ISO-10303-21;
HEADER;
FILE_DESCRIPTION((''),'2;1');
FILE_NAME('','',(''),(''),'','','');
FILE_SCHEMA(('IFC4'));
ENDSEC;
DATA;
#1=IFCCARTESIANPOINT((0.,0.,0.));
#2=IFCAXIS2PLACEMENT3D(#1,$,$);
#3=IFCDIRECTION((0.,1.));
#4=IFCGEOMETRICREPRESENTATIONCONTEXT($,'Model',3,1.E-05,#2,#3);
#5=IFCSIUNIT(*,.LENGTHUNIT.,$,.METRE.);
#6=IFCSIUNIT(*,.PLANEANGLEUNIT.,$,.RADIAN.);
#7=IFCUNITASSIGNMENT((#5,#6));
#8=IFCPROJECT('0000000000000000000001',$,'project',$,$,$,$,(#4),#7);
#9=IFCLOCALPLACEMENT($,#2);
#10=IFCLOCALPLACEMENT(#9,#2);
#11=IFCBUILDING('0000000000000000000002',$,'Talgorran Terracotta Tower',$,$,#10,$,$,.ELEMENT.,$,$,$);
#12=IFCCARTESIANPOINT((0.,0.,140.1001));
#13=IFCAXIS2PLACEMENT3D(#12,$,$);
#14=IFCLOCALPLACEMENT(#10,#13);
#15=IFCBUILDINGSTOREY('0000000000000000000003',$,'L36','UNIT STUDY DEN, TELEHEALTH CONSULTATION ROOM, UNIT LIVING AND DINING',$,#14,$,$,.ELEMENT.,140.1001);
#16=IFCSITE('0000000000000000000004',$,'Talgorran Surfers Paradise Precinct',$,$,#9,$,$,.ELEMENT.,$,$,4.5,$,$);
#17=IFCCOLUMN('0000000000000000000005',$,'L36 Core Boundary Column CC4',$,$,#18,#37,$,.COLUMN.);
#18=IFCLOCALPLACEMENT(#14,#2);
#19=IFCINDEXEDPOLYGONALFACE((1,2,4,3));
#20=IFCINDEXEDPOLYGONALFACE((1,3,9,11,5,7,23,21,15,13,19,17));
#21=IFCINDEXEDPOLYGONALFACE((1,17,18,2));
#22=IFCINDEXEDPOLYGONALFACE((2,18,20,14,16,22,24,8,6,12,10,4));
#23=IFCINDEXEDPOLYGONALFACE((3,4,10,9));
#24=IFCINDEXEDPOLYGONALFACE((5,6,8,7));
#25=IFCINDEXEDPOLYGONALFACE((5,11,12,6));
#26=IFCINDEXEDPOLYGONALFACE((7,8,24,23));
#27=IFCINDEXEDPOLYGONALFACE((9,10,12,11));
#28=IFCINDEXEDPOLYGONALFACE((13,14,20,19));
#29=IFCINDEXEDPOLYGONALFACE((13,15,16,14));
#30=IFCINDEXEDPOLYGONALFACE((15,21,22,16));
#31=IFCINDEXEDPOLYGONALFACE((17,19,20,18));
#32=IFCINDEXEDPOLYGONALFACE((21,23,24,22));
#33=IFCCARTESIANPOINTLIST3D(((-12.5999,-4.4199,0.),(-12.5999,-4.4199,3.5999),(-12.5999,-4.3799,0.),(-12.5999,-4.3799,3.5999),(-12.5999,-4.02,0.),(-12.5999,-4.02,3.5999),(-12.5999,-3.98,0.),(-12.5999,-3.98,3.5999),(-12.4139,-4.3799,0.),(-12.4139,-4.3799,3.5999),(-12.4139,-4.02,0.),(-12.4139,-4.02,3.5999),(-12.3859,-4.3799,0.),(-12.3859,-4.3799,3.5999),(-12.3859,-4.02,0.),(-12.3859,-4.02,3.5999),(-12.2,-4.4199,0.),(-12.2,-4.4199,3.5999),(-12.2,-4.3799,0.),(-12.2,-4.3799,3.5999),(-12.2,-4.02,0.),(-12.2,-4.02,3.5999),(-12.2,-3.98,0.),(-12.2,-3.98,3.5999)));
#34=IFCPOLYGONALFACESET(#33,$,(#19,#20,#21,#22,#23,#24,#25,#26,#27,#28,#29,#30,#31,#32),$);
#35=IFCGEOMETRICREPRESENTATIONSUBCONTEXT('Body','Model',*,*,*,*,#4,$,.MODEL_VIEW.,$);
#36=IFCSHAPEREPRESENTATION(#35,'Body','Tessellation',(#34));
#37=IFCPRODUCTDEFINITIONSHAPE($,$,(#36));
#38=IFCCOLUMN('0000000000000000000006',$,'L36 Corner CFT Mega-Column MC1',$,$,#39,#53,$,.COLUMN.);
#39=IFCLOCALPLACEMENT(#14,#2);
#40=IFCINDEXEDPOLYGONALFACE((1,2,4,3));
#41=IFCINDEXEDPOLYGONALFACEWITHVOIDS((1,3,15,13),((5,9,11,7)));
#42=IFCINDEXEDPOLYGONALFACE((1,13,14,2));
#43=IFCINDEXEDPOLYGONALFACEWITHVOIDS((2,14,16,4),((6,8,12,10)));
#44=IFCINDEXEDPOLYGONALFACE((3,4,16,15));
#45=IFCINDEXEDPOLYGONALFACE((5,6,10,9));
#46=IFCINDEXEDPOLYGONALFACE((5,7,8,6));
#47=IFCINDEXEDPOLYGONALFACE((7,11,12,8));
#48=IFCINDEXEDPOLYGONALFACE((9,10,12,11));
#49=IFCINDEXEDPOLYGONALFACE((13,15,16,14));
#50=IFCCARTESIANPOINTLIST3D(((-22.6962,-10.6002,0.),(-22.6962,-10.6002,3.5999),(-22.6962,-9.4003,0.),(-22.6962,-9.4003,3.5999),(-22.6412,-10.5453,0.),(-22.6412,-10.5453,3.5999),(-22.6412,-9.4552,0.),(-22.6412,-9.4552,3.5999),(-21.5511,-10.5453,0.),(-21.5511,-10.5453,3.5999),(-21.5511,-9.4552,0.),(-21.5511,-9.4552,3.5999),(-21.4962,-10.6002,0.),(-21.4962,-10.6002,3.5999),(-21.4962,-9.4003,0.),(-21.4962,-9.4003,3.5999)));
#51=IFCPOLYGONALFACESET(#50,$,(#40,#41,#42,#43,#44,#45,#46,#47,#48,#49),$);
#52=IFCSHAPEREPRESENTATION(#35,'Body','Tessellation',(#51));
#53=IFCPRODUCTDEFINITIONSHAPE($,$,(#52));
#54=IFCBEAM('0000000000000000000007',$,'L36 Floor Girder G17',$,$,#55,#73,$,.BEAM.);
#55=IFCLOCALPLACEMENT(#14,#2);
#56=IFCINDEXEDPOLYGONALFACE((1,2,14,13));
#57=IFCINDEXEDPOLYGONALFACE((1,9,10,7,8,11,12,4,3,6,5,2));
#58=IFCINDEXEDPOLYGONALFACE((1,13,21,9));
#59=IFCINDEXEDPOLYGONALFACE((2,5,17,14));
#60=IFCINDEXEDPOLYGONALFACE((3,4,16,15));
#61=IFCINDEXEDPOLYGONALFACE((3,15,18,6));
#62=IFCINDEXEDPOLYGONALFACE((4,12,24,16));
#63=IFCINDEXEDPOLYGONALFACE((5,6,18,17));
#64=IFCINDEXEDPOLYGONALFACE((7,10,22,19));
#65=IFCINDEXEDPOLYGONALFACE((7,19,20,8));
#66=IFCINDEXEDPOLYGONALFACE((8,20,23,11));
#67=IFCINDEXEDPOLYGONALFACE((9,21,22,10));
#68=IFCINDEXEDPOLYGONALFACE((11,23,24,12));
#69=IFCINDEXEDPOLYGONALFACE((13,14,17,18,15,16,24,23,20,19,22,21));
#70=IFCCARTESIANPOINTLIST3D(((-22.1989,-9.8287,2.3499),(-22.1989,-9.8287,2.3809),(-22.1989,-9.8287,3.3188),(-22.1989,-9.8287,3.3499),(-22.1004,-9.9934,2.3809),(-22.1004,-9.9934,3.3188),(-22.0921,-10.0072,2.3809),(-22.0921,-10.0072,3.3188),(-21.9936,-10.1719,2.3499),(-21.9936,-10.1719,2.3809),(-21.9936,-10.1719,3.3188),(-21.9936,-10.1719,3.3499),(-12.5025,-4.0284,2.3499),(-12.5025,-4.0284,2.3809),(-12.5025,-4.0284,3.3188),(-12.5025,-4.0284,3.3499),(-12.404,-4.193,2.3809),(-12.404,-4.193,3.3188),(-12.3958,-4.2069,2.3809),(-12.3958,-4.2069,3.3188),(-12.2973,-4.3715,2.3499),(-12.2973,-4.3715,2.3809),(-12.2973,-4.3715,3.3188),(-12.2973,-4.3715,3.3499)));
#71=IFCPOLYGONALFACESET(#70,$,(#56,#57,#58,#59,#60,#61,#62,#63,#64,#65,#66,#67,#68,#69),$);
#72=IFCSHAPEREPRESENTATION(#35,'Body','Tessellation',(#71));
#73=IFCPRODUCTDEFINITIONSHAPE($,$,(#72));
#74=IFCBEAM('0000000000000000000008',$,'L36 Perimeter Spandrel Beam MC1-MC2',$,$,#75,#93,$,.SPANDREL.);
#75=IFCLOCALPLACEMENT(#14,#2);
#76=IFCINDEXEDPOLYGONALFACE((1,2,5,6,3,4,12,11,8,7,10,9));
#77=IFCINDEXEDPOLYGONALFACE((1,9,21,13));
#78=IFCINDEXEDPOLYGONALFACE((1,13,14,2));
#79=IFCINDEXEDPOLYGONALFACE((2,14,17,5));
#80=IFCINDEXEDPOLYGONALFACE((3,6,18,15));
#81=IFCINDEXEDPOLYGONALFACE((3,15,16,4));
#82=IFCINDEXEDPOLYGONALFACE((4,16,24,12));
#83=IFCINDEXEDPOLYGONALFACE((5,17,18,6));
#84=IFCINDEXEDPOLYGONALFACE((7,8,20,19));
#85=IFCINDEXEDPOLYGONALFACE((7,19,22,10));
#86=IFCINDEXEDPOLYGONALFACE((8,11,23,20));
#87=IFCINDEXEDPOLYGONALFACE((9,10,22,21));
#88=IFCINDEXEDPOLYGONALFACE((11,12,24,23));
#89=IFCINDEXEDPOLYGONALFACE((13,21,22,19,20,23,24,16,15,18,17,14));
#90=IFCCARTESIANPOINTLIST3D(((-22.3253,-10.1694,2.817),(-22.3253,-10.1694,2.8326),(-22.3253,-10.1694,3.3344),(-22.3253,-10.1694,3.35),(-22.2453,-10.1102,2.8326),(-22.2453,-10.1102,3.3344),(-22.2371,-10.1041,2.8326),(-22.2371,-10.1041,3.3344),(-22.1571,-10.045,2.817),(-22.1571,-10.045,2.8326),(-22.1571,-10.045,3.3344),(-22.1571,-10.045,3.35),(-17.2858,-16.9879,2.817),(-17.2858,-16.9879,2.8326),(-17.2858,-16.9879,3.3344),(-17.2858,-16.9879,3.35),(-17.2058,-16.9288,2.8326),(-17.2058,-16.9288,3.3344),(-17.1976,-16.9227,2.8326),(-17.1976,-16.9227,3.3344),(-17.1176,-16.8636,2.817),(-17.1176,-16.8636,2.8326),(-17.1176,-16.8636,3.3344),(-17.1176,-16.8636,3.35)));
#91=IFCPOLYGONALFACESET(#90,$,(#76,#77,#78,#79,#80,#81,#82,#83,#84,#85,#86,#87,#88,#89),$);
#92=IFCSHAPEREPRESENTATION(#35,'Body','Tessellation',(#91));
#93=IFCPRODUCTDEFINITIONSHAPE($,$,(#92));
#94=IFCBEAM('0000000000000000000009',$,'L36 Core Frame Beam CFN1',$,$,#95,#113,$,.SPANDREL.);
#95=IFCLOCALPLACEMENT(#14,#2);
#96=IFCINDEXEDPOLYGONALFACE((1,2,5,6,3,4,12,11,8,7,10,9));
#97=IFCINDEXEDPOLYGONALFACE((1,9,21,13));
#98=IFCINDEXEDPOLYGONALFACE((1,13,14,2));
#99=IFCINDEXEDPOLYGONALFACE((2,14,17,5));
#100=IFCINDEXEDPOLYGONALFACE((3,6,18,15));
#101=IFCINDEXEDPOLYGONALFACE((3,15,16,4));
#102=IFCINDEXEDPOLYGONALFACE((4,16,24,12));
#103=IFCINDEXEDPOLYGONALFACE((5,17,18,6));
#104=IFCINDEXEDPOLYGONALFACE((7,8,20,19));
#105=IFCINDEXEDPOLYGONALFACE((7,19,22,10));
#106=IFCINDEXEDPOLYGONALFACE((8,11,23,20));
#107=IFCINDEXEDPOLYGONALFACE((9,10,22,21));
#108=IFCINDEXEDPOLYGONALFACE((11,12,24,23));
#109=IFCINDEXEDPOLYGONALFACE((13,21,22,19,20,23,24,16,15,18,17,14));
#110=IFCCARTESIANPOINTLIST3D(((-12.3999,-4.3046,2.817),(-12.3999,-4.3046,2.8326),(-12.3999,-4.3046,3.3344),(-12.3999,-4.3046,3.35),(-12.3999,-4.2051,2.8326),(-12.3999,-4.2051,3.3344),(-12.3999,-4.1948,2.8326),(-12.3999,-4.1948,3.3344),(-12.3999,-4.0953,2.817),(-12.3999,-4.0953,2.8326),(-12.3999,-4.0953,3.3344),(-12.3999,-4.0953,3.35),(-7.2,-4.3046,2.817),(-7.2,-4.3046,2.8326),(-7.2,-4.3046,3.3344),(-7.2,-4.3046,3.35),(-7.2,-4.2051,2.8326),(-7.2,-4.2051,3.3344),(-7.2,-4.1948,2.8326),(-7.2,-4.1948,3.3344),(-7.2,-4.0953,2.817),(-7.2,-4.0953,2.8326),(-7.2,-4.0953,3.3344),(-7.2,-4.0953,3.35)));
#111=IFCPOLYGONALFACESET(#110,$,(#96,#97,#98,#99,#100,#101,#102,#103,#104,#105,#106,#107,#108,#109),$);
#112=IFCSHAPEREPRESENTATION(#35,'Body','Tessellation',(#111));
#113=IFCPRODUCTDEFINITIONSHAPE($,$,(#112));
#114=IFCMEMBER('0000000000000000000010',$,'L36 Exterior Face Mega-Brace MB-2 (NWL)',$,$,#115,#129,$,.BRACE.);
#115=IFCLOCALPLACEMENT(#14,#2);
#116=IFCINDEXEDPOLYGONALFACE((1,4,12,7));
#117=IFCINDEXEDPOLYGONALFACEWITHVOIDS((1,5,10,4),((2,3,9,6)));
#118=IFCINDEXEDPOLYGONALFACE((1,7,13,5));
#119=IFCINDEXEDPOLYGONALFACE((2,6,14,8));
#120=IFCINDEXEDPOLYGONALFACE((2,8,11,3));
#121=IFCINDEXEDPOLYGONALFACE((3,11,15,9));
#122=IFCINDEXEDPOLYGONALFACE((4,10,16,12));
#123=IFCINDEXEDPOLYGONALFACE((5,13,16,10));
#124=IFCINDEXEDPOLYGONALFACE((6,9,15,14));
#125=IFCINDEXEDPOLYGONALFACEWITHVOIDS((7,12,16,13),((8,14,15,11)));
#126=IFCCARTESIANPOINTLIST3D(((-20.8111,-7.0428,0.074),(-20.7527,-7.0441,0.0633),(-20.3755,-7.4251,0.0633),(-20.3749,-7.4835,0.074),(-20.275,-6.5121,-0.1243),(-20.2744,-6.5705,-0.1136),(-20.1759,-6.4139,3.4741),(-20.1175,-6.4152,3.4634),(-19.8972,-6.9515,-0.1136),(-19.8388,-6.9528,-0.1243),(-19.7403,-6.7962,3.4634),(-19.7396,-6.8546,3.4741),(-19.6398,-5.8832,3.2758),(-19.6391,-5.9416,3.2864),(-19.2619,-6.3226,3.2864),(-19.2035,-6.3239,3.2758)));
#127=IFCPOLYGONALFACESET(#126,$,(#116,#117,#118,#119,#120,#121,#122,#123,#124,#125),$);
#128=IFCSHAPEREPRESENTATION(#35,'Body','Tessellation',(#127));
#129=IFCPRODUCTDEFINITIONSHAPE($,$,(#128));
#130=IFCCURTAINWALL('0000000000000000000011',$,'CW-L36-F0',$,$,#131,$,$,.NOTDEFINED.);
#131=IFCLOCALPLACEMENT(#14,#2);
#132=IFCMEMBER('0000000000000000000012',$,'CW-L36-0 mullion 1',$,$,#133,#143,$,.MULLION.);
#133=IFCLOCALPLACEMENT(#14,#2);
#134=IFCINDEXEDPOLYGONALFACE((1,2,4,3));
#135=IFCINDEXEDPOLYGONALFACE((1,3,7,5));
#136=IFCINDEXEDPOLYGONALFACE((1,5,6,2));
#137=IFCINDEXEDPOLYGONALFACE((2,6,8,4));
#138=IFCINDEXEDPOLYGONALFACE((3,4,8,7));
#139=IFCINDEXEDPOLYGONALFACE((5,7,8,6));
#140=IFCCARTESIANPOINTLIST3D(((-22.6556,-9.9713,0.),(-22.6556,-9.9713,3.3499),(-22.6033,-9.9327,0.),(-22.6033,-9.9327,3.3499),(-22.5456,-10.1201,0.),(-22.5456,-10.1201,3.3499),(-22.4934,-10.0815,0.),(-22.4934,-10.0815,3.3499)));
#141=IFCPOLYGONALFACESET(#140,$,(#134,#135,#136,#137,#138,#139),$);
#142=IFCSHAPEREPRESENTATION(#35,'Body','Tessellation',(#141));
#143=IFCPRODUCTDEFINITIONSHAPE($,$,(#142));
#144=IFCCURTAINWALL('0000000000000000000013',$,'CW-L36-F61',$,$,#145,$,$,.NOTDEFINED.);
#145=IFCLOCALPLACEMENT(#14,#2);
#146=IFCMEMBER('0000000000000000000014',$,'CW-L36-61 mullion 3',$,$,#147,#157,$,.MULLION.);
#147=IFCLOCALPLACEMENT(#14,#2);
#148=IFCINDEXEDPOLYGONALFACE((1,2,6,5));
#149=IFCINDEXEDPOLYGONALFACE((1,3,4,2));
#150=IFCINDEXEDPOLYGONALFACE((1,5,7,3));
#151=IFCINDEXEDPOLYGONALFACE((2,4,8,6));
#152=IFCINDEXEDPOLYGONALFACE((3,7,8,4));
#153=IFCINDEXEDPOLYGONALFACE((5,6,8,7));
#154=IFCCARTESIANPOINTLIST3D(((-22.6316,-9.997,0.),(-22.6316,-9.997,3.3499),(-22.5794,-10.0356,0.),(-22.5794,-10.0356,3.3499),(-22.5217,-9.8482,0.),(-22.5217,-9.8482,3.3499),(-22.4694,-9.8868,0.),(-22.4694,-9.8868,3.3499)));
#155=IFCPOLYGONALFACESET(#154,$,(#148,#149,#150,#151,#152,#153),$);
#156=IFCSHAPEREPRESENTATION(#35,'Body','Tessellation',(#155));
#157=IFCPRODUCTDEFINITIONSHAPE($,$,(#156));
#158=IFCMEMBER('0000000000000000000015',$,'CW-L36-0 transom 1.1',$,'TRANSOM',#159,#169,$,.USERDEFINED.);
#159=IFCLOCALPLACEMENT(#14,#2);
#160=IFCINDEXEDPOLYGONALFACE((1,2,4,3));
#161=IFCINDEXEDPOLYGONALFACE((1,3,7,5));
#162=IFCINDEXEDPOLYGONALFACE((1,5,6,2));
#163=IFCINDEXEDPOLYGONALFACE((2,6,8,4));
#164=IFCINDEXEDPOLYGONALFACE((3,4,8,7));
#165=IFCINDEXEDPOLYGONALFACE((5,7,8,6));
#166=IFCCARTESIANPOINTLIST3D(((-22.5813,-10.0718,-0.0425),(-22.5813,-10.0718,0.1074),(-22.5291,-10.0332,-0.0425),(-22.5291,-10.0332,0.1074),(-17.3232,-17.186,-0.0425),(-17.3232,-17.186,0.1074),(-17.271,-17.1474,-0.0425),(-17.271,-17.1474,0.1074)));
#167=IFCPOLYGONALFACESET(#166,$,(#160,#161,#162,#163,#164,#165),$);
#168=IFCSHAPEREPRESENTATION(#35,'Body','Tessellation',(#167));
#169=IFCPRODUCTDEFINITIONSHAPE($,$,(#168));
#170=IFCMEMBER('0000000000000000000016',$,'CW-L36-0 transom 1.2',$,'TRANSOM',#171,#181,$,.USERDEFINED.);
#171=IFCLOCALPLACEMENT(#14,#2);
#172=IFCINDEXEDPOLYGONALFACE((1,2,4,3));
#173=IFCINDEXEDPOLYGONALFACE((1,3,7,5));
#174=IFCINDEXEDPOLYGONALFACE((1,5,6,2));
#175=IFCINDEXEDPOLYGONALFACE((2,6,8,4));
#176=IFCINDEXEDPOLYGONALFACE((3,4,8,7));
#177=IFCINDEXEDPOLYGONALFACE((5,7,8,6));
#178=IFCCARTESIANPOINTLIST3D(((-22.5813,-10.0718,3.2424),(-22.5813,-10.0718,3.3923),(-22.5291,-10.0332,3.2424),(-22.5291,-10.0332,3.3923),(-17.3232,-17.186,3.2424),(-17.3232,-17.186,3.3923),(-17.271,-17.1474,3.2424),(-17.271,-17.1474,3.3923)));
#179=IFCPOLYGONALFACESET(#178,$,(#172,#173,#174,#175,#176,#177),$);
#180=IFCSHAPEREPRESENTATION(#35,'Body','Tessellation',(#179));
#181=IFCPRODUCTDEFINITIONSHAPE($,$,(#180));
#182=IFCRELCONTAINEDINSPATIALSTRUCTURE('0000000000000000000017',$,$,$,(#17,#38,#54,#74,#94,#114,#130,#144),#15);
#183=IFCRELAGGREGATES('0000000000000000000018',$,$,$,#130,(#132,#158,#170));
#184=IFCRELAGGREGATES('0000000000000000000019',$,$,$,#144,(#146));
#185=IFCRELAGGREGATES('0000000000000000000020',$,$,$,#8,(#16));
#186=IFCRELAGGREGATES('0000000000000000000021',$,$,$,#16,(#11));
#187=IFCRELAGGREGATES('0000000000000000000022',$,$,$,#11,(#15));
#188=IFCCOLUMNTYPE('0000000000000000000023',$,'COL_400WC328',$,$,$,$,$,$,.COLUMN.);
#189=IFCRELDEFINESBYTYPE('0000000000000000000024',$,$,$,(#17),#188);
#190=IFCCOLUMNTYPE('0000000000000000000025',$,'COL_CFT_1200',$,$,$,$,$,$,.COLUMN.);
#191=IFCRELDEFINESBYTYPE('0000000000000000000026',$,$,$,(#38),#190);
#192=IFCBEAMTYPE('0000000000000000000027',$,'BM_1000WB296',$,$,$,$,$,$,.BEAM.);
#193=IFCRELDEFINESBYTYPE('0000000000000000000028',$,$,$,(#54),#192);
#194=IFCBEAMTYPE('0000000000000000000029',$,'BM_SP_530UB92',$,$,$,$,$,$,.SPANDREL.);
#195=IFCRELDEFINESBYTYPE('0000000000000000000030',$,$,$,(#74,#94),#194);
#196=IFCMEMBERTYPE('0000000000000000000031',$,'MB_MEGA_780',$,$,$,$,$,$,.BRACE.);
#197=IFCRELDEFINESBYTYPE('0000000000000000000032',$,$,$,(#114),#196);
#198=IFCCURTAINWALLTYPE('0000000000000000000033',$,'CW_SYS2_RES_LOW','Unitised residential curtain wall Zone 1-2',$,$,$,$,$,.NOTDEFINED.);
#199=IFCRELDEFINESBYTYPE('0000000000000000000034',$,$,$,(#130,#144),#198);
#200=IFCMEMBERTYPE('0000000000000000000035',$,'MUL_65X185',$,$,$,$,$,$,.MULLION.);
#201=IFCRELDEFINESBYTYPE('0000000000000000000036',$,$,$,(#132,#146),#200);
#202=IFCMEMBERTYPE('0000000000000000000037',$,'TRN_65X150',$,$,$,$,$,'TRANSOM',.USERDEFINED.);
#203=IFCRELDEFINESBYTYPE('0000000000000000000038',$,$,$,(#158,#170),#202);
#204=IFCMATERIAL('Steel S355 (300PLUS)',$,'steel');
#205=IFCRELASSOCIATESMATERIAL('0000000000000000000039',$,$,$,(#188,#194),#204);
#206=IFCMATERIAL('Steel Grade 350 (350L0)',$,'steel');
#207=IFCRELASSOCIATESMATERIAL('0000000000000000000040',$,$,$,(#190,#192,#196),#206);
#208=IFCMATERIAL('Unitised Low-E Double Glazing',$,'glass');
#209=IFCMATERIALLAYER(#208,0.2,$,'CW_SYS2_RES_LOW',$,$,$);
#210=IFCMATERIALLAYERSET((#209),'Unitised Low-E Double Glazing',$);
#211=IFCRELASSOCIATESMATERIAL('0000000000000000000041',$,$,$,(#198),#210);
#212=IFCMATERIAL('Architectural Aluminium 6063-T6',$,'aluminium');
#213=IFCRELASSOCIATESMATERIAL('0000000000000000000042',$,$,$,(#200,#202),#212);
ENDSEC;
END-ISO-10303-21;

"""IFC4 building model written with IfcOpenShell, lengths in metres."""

from ifc_helpers import new_model, si_unit, direction, frame, origin, origin_2d, place, context, subcontext, project, spatial, rectangle, hollow_rectangle, i_section, extrude, material, layer, layer_set, material_profile, profile_set, type_object, element, aggregate, save


model = new_model("IFC4")

# Units and contexts
model_context = context("Model", 3, precision=1e-05, world=origin(), true_north=direction((0.0, 1.0)))
body_context = subcontext(model_context, "Body", "Model", "MODEL_VIEW")
ifc_project = project(units=[si_unit("LENGTHUNIT", "METRE"), si_unit("PLANEANGLEUNIT", "RADIAN")], contexts=[model_context])

# Site, building, storey
site_placement = place(None, origin())
site = spatial("IfcSite", under=ifc_project, at=site_placement, Name="Talgorran Surfers Paradise Precinct", CompositionType="ELEMENT", RefElevation=4.5)
building_placement = place(site_placement, origin())
building = spatial("IfcBuilding", under=site, at=building_placement, Name="Talgorran Terracotta Tower", CompositionType="ELEMENT")
storey_placement = place(building_placement, frame((0.0, 0.0, 140.1001)))
storey = spatial("IfcBuildingStorey", under=building, at=storey_placement, Name="L36", Description="UNIT STUDY DEN, TELEHEALTH CONSULTATION ROOM, UNIT LIVING AND DINING", CompositionType="ELEMENT", Elevation=140.1001)

# Columns
ifc_material_1 = material(Name="Steel S355 (300PLUS)", Category="steel")
ifc_material_profile_1 = material_profile(ifc_material_1, i_section(OverallWidth=0.3999, OverallDepth=0.4399, WebThickness=0.0281, FlangeThickness=0.04, at=origin_2d()), Name="400WC328")
ifc_profile_set_1 = profile_set([ifc_material_profile_1], Name="Steel S355 (300PLUS)")
column_type_1 = type_object("IfcColumnType", Name="COL_400WC328", PredefinedType="COLUMN", material=ifc_profile_set_1)
column_1_placement = place(storey_placement, frame((-12.3999, -4.2, 0.0), z_axis=(0.0, 0.0, 1.0), x_axis=(1.0, 0.0, 0.0)))
element("IfcColumn", 1, at=column_1_placement, inside=storey, type_object=column_type_1, Name="L36 Core Boundary Column CC4", PredefinedType="COLUMN", context=body_context, shape_type="SweptSolid", body=[
    extrude(i_section(OverallWidth=0.3999, OverallDepth=0.4399, WebThickness=0.0281, FlangeThickness=0.04, at=origin_2d()), origin(), (0.0, 0.0, 1.0), 3.5999),
])
ifc_material_2 = material(Name="Steel Grade 350 (350L0)", Category="steel")
ifc_material_profile_2 = material_profile(ifc_material_2, hollow_rectangle(XDim=1.2, YDim=1.2, WallThickness=0.0549, at=origin_2d()), Name="CFT1200X1200X55")
ifc_profile_set_2 = profile_set([ifc_material_profile_2], Name="Steel Grade 350 (350L0)")
column_type_2 = type_object("IfcColumnType", Name="COL_CFT_1200", PredefinedType="COLUMN", material=ifc_profile_set_2)
column_2_placement = place(storey_placement, frame((-22.0962, -10.0002, 0.0), z_axis=(0.0, 0.0, 1.0), x_axis=(1.0, 0.0, 0.0)))
element("IfcColumn", 2, at=column_2_placement, inside=storey, type_object=column_type_2, Name="L36 Corner CFT Mega-Column MC1", PredefinedType="COLUMN", context=body_context, shape_type="SweptSolid", body=[
    extrude(hollow_rectangle(XDim=1.2, YDim=1.2, WallThickness=0.0549, at=origin_2d()), origin(), (0.0, 0.0, 1.0), 3.5999),
])

# Beams
ifc_material_profile_3 = material_profile(ifc_material_2, i_section(OverallWidth=0.3999, OverallDepth=1.0, WebThickness=0.0161, FlangeThickness=0.031, at=origin_2d()), Name="1000WB296")
ifc_profile_set_3 = profile_set([ifc_material_profile_3], Name="Steel Grade 350 (350L0)")
beam_type_1 = type_object("IfcBeamType", Name="BM_1000WB296", PredefinedType="BEAM", material=ifc_profile_set_3)
beam_1_placement = place(storey_placement, frame((-12.3999, -4.2, 2.8499), z_axis=(-0.858175, -0.513358, 0.0), x_axis=(0.513358, -0.858175, 0.0)))
element("IfcBeam", 3, at=beam_1_placement, inside=storey, type_object=beam_type_1, Name="L36 Floor Girder G17", PredefinedType="BEAM", context=body_context, shape_type="SweptSolid", body=[
    extrude(i_section(OverallWidth=0.3999, OverallDepth=1.0, WebThickness=0.0161, FlangeThickness=0.031, at=origin_2d()), origin(), (0.0, 0.0, 1.0), 11.2988),
])
ifc_material_profile_4 = material_profile(ifc_material_1, i_section(OverallWidth=0.2092, OverallDepth=0.533, WebThickness=0.0103, FlangeThickness=0.0156, at=origin_2d()), Name="530UB92.4")
ifc_profile_set_4 = profile_set([ifc_material_profile_4], Name="Steel S355 (300PLUS)")
beam_type_2 = type_object("IfcBeamType", Name="BM_SP_530UB92", PredefinedType="SPANDREL", material=ifc_profile_set_4)
beam_2_placement = place(storey_placement, frame((-22.2412, -10.1072, 3.0835), z_axis=(0.594369, -0.804192, 0.0), x_axis=(0.804192, 0.594369, 0.0)))
element("IfcBeam", 4, at=beam_2_placement, inside=storey, type_object=beam_type_2, Name="L36 Perimeter Spandrel Beam MC1-MC2", PredefinedType="SPANDREL", context=body_context, shape_type="SweptSolid", body=[
    extrude(i_section(OverallWidth=0.2092, OverallDepth=0.533, WebThickness=0.0103, FlangeThickness=0.0156, at=origin_2d()), origin(), (0.0, 0.0, 1.0), 8.4788),
])
beam_3_placement = place(storey_placement, frame((-12.3999, -4.2, 3.0835), z_axis=(1.0, 0.0, 0.0), x_axis=(0.0, 1.0, 0.0)))
element("IfcBeam", 5, at=beam_3_placement, inside=storey, type_object=beam_type_2, Name="L36 Core Frame Beam CFN1", PredefinedType="SPANDREL", context=body_context, shape_type="SweptSolid", body=[
    extrude(i_section(OverallWidth=0.2092, OverallDepth=0.533, WebThickness=0.0103, FlangeThickness=0.0156, at=origin_2d()), origin(), (0.0, 0.0, 1.0), 5.2),
])

# Member
ifc_material_profile_5 = material_profile(ifc_material_2, hollow_rectangle(XDim=0.6201, YDim=0.78, WallThickness=0.042, at=origin_2d()), Name="WBOX780X620X42")
ifc_profile_set_5 = profile_set([ifc_material_profile_5], Name="Steel Grade 350 (350L0)")
member_type_1 = type_object("IfcMemberType", Name="MB_MEGA_780", PredefinedType="BRACE", material=ifc_profile_set_5)
member_1_placement = place(storey_placement, frame((-20.325, -6.9978, -0.0251), z_axis=(0.180691, 0.178886, 0.967135), x_axis=(-0.703547, 0.710648, 0.0)))
element("IfcMember", 6, at=member_1_placement, inside=storey, type_object=member_type_1, Name="L36 Exterior Face Mega-Brace MB-2 (NWL)", PredefinedType="BRACE", context=body_context, shape_type="SweptSolid", body=[
    extrude(hollow_rectangle(XDim=0.6201, YDim=0.78, WallThickness=0.042, at=origin_2d()), origin(), (0.0, 0.0, 1.0), 3.5156),
])

# Curtain walls, members
ifc_material_3 = material(Name="Unitised Low-E Double Glazing", Category="glass")
ifc_layer_1 = layer(ifc_material_3, 0.2, Name="CW_SYS2_RES_LOW")
ifc_layer_set_1 = layer_set([ifc_layer_1], Name="Unitised Low-E Double Glazing")
curtain_wall_type = type_object("IfcCurtainWallType", Name="CW_SYS2_RES_LOW", Description="Unitised residential curtain wall Zone 1-2", PredefinedType="NOTDEFINED", material=ifc_layer_set_1)
curtain_wall_1_placement = place(storey_placement, origin())
curtain_wall_1 = element("IfcCurtainWall", 7, at=curtain_wall_1_placement, inside=storey, type_object=curtain_wall_type, Name="CW-L36-F0", PredefinedType="NOTDEFINED")
ifc_material_4 = material(Name="Architectural Aluminium 6063-T6", Category="aluminium")
ifc_material_profile_6 = material_profile(ifc_material_4, rectangle(XDim=0.0649, YDim=0.1851, at=origin_2d()), Name="CWM65X185")
ifc_profile_set_6 = profile_set([ifc_material_profile_6], Name="Architectural Aluminium 6063-T6")
member_type_2 = type_object("IfcMemberType", Name="MUL_65X185", PredefinedType="MULLION", material=ifc_profile_set_6)
member_2_placement = place(storey_placement, frame((-22.5745, -10.0264, 0.0), z_axis=(0.0, 0.0, 1.0), x_axis=(0.804201, 0.594358, 0.0)))
member_2 = element("IfcMember", 8, at=member_2_placement, type_object=member_type_2, Name="CW-L36-0 mullion 1", PredefinedType="MULLION", context=body_context, shape_type="SweptSolid", body=[
    extrude(rectangle(XDim=0.0649, YDim=0.1851, at=origin_2d()), origin(), (0.0, 0.0, 1.0), 3.3499),
])
curtain_wall_2_placement = place(storey_placement, origin())
curtain_wall_2 = element("IfcCurtainWall", 9, at=curtain_wall_2_placement, inside=storey, type_object=curtain_wall_type, Name="CW-L36-F61", PredefinedType="NOTDEFINED")
member_3_placement = place(storey_placement, frame((-22.5505, -9.9419, 0.0), z_axis=(0.0, 0.0, 1.0), x_axis=(0.804199, -0.59436, 0.0)))
member_3 = element("IfcMember", 10, at=member_3_placement, type_object=member_type_2, Name="CW-L36-61 mullion 3", PredefinedType="MULLION", context=body_context, shape_type="SweptSolid", body=[
    extrude(rectangle(XDim=0.0649, YDim=0.1851, at=origin_2d()), origin(), (0.0, 0.0, 1.0), 3.3499),
])

# Members
ifc_material_profile_7 = material_profile(ifc_material_4, rectangle(XDim=0.0649, YDim=0.1499, at=origin_2d()), Name="CWT65X150")
ifc_profile_set_7 = profile_set([ifc_material_profile_7], Name="Architectural Aluminium 6063-T6")
member_type_3 = type_object("IfcMemberType", Name="TRN_65X150", ElementType="TRANSOM", PredefinedType="USERDEFINED", material=ifc_profile_set_7)
member_4_placement = place(storey_placement, frame((-22.5552, -10.0525, 0.0325), z_axis=(0.594369, -0.804193, 0.0), x_axis=(0.804193, 0.594369, 0.0)))
member_4 = element("IfcMember", 11, at=member_4_placement, type_object=member_type_3, Name="CW-L36-0 transom 1.1", ObjectType="TRANSOM", PredefinedType="USERDEFINED", context=body_context, shape_type="SweptSolid", body=[
    extrude(rectangle(XDim=0.0649, YDim=0.1499, at=origin_2d()), origin(), (0.0, 0.0, 1.0), 8.8464),
])
member_5_placement = place(storey_placement, frame((-22.5552, -10.0525, 3.3174), z_axis=(0.594369, -0.804193, 0.0), x_axis=(0.804193, 0.594369, 0.0)))
member_5 = element("IfcMember", 12, at=member_5_placement, type_object=member_type_3, Name="CW-L36-0 transom 1.2", ObjectType="TRANSOM", PredefinedType="USERDEFINED", context=body_context, shape_type="SweptSolid", body=[
    extrude(rectangle(XDim=0.0649, YDim=0.1499, at=origin_2d()), origin(), (0.0, 0.0, 1.0), 8.8464),
])
aggregate(curtain_wall_1, [member_2, member_4, member_5])

aggregate(curtain_wall_2, [member_3])

save(model, "model.ifc")
